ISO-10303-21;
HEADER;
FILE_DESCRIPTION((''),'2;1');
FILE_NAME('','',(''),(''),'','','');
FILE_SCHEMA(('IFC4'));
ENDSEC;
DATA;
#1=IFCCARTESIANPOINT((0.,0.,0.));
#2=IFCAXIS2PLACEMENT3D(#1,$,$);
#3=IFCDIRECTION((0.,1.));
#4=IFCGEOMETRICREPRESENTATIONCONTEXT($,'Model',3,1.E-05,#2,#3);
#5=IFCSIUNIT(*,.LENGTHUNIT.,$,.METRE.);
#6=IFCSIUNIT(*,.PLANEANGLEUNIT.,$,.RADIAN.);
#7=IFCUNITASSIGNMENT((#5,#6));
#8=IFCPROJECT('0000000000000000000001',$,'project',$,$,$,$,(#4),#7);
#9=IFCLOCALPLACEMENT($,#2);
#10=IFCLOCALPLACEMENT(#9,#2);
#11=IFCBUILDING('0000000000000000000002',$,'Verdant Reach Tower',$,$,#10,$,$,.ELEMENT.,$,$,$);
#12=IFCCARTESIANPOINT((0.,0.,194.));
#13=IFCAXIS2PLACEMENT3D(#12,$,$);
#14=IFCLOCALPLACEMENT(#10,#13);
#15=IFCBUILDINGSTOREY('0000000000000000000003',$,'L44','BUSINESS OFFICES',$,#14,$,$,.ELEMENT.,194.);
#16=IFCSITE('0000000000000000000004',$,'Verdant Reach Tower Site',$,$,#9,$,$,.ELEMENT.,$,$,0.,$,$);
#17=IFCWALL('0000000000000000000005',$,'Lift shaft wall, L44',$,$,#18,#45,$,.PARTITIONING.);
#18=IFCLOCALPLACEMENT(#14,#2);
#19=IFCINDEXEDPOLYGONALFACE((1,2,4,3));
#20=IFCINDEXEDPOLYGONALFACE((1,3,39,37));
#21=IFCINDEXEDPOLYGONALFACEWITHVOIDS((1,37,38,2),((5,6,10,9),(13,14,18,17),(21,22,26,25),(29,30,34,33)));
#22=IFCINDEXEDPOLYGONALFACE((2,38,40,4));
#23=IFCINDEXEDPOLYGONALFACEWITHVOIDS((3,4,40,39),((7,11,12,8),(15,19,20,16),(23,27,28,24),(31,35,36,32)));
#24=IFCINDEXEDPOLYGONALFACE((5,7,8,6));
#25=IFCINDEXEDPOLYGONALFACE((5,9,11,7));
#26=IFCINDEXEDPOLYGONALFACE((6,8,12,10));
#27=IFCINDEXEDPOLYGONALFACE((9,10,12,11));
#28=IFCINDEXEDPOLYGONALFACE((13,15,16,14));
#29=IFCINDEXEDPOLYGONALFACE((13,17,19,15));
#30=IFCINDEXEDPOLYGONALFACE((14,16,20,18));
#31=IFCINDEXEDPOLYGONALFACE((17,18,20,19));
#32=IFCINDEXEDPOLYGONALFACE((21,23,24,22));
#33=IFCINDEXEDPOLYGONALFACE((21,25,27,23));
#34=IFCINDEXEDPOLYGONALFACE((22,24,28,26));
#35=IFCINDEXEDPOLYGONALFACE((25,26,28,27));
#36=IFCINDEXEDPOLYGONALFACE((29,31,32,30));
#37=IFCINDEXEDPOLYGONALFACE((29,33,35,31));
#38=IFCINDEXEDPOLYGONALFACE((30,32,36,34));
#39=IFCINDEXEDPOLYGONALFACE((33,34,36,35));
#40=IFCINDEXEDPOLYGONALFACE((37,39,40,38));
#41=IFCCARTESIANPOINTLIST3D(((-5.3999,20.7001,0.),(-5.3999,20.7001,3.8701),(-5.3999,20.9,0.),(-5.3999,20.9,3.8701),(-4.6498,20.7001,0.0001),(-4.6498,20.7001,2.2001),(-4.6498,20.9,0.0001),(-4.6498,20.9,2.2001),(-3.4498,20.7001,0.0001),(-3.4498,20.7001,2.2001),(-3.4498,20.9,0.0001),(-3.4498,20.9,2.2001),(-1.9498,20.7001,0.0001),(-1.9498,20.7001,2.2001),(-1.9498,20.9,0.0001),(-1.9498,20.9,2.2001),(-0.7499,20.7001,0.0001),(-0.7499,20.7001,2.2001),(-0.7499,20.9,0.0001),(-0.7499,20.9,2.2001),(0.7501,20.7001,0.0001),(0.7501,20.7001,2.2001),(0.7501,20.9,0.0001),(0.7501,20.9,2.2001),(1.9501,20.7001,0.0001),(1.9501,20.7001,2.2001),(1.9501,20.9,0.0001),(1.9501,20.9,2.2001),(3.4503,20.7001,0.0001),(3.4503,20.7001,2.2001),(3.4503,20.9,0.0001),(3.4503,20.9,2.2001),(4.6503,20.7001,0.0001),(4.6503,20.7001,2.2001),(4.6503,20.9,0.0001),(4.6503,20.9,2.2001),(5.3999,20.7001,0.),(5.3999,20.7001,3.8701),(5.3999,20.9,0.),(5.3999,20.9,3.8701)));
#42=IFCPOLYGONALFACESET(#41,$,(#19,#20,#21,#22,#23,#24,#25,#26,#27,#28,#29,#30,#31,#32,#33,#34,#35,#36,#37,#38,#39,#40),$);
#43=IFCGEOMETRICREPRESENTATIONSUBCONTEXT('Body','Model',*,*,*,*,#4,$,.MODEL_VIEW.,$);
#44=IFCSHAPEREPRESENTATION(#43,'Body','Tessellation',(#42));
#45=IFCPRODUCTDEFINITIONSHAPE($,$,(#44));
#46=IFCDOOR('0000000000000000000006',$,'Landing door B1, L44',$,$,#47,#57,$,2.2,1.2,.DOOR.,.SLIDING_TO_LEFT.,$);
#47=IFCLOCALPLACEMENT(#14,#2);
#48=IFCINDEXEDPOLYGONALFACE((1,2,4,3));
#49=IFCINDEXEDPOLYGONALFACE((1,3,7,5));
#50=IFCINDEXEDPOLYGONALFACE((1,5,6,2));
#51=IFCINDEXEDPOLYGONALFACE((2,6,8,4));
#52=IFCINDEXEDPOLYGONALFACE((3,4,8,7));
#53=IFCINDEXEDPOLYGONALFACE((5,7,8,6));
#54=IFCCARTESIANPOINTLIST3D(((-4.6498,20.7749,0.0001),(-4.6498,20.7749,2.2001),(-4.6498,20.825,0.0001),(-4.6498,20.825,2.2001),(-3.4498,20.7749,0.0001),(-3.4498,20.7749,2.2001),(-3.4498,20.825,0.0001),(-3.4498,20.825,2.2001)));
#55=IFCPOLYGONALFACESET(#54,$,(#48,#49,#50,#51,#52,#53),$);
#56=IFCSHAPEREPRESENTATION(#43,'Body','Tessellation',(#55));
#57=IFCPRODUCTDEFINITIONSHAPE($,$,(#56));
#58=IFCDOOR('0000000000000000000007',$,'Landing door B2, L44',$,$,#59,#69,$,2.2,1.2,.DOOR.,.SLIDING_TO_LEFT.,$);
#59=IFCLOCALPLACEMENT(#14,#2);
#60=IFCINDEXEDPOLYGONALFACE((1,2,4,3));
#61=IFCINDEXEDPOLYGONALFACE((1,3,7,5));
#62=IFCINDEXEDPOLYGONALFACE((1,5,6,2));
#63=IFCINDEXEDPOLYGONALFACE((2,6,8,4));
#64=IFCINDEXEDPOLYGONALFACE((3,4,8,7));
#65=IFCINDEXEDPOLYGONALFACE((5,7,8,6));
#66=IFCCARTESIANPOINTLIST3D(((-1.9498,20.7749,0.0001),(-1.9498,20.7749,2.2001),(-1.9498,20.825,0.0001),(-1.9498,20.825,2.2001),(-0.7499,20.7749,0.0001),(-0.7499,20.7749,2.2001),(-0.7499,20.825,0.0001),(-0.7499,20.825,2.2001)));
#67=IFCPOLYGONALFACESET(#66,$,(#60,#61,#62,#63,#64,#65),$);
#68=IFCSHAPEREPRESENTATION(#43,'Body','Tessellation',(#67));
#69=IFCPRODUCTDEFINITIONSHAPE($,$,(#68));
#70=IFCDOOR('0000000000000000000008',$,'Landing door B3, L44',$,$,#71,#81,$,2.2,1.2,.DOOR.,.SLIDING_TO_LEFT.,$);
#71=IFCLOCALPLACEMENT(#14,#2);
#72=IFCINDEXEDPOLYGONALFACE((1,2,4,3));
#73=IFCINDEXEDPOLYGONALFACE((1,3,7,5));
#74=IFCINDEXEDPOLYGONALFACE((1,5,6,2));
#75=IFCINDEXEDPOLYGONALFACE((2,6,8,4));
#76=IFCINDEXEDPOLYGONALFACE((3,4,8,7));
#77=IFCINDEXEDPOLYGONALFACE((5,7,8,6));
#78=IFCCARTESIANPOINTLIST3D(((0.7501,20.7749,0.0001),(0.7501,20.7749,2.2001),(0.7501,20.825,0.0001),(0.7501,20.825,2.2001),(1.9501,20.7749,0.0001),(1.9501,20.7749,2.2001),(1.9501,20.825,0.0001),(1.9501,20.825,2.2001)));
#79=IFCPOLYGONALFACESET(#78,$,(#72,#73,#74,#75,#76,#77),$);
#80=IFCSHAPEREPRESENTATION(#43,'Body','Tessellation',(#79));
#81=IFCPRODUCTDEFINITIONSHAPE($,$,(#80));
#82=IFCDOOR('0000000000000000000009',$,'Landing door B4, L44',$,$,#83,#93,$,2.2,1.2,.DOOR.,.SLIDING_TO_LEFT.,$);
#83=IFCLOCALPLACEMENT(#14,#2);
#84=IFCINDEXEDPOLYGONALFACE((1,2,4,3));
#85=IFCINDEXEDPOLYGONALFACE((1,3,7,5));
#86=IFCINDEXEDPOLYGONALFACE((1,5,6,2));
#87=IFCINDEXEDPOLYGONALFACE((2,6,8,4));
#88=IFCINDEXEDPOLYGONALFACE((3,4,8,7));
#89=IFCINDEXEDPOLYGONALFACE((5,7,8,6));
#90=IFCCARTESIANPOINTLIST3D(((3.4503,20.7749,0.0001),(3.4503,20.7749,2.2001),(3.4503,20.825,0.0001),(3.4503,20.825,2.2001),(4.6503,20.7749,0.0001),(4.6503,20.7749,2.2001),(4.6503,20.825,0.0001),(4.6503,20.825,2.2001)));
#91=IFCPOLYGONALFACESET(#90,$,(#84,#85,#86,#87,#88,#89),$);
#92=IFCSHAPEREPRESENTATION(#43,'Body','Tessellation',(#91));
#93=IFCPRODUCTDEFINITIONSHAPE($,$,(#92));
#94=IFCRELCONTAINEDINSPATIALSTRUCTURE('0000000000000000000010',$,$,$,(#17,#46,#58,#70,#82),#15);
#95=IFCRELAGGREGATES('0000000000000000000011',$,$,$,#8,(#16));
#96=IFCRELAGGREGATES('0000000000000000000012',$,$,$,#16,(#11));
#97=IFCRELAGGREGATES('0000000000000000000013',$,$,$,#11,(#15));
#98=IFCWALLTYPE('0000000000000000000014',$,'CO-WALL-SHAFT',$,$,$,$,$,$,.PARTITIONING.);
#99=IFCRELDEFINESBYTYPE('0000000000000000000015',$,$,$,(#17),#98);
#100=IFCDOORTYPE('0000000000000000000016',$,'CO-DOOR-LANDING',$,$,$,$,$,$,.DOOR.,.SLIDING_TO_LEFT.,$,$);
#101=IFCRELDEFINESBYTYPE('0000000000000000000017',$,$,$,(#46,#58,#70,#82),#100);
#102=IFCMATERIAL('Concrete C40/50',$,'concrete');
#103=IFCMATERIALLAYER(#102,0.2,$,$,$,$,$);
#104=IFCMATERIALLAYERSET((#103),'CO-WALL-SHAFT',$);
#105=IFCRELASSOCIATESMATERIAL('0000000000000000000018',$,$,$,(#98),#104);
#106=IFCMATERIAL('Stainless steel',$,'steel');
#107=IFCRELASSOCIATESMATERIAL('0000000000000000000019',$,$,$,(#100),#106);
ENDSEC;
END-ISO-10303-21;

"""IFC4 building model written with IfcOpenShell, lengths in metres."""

from ifc_helpers import new_model, si_unit, direction, frame, frame_2d, origin, place, context, subcontext, project, spatial, rectangle, extrude, material, layer, layer_set, type_object, element, fill, save


model = new_model("IFC4")

# Units and contexts
model_context = context("Model", 3, precision=1e-05, world=origin(), true_north=direction((0.0, 1.0)))
body_context = subcontext(model_context, "Body", "Model", "MODEL_VIEW")
ifc_project = project(units=[si_unit("LENGTHUNIT", "METRE"), si_unit("PLANEANGLEUNIT", "RADIAN")], contexts=[model_context])

# Site, building, storey
site_placement = place(None, origin())
site = spatial("IfcSite", under=ifc_project, at=site_placement, Name="Verdant Reach Tower Site", CompositionType="ELEMENT", RefElevation=0.0)
building_placement = place(site_placement, origin())
building = spatial("IfcBuilding", under=site, at=building_placement, Name="Verdant Reach Tower", CompositionType="ELEMENT")
storey_placement = place(building_placement, frame((0.0, 0.0, 194.0)))
storey = spatial("IfcBuildingStorey", under=building, at=storey_placement, Name="L44", Description="BUSINESS OFFICES", CompositionType="ELEMENT", Elevation=194.0)

# Wall, openings, doors
ifc_material_1 = material(Name="Concrete C40/50", Category="concrete")
ifc_layer_1 = layer(ifc_material_1, 0.2)
ifc_layer_set_1 = layer_set([ifc_layer_1], Name="CO-WALL-SHAFT")
wall_type_1 = type_object("IfcWallType", Name="CO-WALL-SHAFT", PredefinedType="PARTITIONING", material=ifc_layer_set_1)
wall_1_placement = place(storey_placement, frame((-5.3999, 20.8, 0.0), z_axis=(0.0, 0.0, 1.0), x_axis=(1.0, 0.0, 0.0)))
wall_1 = element("IfcWall", 1, at=wall_1_placement, inside=storey, type_object=wall_type_1, Name="Lift shaft wall, L44", PredefinedType="PARTITIONING", context=body_context, shape_type="SweptSolid", body=[
    extrude(rectangle(XDim=10.7998, YDim=0.2, at=frame_2d((5.3999, 0.0))), origin(), (0.0, 0.0, 1.0), 3.8701),
])
opening_1_placement = place(wall_1_placement, frame((0.75, 0.0, 0.0)))
opening_1 = element("IfcOpeningElement", 2, at=opening_1_placement, cuts=wall_1, PredefinedType="OPENING", context=body_context, shape_type="SweptSolid", body=[
    extrude(rectangle(XDim=1.2, YDim=2.2, at=frame_2d((0.6001, 1.1001))), frame((0.0, 0.1099, 0.0), z_axis=(0.0, -1.0, 0.0), x_axis=(1.0, 0.0, 0.0)), (0.0, 0.0, 1.0), 0.22),
])
opening_2_placement = place(wall_1_placement, frame((3.45, 0.0, 0.0)))
opening_2 = element("IfcOpeningElement", 3, at=opening_2_placement, cuts=wall_1, PredefinedType="OPENING", context=body_context, shape_type="SweptSolid", body=[
    extrude(rectangle(XDim=1.2, YDim=2.2, at=frame_2d((0.6001, 1.1001))), frame((0.0, 0.1099, 0.0), z_axis=(0.0, -1.0, 0.0), x_axis=(1.0, 0.0, 0.0)), (0.0, 0.0, 1.0), 0.22),
])
opening_3_placement = place(wall_1_placement, frame((6.1499, 0.0, 0.0)))
opening_3 = element("IfcOpeningElement", 4, at=opening_3_placement, cuts=wall_1, PredefinedType="OPENING", context=body_context, shape_type="SweptSolid", body=[
    extrude(rectangle(XDim=1.2, YDim=2.2, at=frame_2d((0.6001, 1.1001))), frame((0.0, 0.1099, 0.0), z_axis=(0.0, -1.0, 0.0), x_axis=(1.0, 0.0, 0.0)), (0.0, 0.0, 1.0), 0.22),
])
opening_4_placement = place(wall_1_placement, frame((8.8501, 0.0, 0.0)))
opening_4 = element("IfcOpeningElement", 5, at=opening_4_placement, cuts=wall_1, PredefinedType="OPENING", context=body_context, shape_type="SweptSolid", body=[
    extrude(rectangle(XDim=1.2, YDim=2.2, at=frame_2d((0.6001, 1.1001))), frame((0.0, 0.1099, 0.0), z_axis=(0.0, -1.0, 0.0), x_axis=(1.0, 0.0, 0.0)), (0.0, 0.0, 1.0), 0.22),
])
ifc_material_2 = material(Name="Stainless steel", Category="steel")
door_type_1 = type_object("IfcDoorType", Name="CO-DOOR-LANDING", OperationType="SLIDING_TO_LEFT", PredefinedType="DOOR", material=ifc_material_2)
door_1_placement = place(opening_1_placement, origin())
door_1 = element("IfcDoor", 6, at=door_1_placement, inside=storey, type_object=door_type_1, Name="Landing door B1, L44", OperationType="SLIDING_TO_LEFT", OverallHeight=2.2, OverallWidth=1.2, PredefinedType="DOOR", context=body_context, shape_type="SweptSolid", body=[
    extrude(rectangle(XDim=1.2, YDim=2.2, at=frame_2d((0.6001, 1.1001))), frame((0.0, 0.0249, 0.0), z_axis=(0.0, -1.0, 0.0), x_axis=(1.0, 0.0, 0.0)), (0.0, 0.0, 1.0), 0.05),
])
fill(opening_1, door_1)
door_2_placement = place(opening_2_placement, origin())
door_2 = element("IfcDoor", 7, at=door_2_placement, inside=storey, type_object=door_type_1, Name="Landing door B2, L44", OperationType="SLIDING_TO_LEFT", OverallHeight=2.2, OverallWidth=1.2, PredefinedType="DOOR", context=body_context, shape_type="SweptSolid", body=[
    extrude(rectangle(XDim=1.2, YDim=2.2, at=frame_2d((0.6001, 1.1001))), frame((0.0, 0.0249, 0.0), z_axis=(0.0, -1.0, 0.0), x_axis=(1.0, 0.0, 0.0)), (0.0, 0.0, 1.0), 0.05),
])
fill(opening_2, door_2)
door_3_placement = place(opening_3_placement, origin())
door_3 = element("IfcDoor", 8, at=door_3_placement, inside=storey, type_object=door_type_1, Name="Landing door B3, L44", OperationType="SLIDING_TO_LEFT", OverallHeight=2.2, OverallWidth=1.2, PredefinedType="DOOR", context=body_context, shape_type="SweptSolid", body=[
    extrude(rectangle(XDim=1.2, YDim=2.2, at=frame_2d((0.6001, 1.1001))), frame((0.0, 0.0249, 0.0), z_axis=(0.0, -1.0, 0.0), x_axis=(1.0, 0.0, 0.0)), (0.0, 0.0, 1.0), 0.05),
])
fill(opening_3, door_3)
door_4_placement = place(opening_4_placement, origin())
door_4 = element("IfcDoor", 9, at=door_4_placement, inside=storey, type_object=door_type_1, Name="Landing door B4, L44", OperationType="SLIDING_TO_LEFT", OverallHeight=2.2, OverallWidth=1.2, PredefinedType="DOOR", context=body_context, shape_type="SweptSolid", body=[
    extrude(rectangle(XDim=1.2, YDim=2.2, at=frame_2d((0.6001, 1.1001))), frame((0.0, 0.0249, 0.0), z_axis=(0.0, -1.0, 0.0), x_axis=(1.0, 0.0, 0.0)), (0.0, 0.0, 1.0), 0.05),
])
fill(opening_4, door_4)

save(model, "model.ifc")
